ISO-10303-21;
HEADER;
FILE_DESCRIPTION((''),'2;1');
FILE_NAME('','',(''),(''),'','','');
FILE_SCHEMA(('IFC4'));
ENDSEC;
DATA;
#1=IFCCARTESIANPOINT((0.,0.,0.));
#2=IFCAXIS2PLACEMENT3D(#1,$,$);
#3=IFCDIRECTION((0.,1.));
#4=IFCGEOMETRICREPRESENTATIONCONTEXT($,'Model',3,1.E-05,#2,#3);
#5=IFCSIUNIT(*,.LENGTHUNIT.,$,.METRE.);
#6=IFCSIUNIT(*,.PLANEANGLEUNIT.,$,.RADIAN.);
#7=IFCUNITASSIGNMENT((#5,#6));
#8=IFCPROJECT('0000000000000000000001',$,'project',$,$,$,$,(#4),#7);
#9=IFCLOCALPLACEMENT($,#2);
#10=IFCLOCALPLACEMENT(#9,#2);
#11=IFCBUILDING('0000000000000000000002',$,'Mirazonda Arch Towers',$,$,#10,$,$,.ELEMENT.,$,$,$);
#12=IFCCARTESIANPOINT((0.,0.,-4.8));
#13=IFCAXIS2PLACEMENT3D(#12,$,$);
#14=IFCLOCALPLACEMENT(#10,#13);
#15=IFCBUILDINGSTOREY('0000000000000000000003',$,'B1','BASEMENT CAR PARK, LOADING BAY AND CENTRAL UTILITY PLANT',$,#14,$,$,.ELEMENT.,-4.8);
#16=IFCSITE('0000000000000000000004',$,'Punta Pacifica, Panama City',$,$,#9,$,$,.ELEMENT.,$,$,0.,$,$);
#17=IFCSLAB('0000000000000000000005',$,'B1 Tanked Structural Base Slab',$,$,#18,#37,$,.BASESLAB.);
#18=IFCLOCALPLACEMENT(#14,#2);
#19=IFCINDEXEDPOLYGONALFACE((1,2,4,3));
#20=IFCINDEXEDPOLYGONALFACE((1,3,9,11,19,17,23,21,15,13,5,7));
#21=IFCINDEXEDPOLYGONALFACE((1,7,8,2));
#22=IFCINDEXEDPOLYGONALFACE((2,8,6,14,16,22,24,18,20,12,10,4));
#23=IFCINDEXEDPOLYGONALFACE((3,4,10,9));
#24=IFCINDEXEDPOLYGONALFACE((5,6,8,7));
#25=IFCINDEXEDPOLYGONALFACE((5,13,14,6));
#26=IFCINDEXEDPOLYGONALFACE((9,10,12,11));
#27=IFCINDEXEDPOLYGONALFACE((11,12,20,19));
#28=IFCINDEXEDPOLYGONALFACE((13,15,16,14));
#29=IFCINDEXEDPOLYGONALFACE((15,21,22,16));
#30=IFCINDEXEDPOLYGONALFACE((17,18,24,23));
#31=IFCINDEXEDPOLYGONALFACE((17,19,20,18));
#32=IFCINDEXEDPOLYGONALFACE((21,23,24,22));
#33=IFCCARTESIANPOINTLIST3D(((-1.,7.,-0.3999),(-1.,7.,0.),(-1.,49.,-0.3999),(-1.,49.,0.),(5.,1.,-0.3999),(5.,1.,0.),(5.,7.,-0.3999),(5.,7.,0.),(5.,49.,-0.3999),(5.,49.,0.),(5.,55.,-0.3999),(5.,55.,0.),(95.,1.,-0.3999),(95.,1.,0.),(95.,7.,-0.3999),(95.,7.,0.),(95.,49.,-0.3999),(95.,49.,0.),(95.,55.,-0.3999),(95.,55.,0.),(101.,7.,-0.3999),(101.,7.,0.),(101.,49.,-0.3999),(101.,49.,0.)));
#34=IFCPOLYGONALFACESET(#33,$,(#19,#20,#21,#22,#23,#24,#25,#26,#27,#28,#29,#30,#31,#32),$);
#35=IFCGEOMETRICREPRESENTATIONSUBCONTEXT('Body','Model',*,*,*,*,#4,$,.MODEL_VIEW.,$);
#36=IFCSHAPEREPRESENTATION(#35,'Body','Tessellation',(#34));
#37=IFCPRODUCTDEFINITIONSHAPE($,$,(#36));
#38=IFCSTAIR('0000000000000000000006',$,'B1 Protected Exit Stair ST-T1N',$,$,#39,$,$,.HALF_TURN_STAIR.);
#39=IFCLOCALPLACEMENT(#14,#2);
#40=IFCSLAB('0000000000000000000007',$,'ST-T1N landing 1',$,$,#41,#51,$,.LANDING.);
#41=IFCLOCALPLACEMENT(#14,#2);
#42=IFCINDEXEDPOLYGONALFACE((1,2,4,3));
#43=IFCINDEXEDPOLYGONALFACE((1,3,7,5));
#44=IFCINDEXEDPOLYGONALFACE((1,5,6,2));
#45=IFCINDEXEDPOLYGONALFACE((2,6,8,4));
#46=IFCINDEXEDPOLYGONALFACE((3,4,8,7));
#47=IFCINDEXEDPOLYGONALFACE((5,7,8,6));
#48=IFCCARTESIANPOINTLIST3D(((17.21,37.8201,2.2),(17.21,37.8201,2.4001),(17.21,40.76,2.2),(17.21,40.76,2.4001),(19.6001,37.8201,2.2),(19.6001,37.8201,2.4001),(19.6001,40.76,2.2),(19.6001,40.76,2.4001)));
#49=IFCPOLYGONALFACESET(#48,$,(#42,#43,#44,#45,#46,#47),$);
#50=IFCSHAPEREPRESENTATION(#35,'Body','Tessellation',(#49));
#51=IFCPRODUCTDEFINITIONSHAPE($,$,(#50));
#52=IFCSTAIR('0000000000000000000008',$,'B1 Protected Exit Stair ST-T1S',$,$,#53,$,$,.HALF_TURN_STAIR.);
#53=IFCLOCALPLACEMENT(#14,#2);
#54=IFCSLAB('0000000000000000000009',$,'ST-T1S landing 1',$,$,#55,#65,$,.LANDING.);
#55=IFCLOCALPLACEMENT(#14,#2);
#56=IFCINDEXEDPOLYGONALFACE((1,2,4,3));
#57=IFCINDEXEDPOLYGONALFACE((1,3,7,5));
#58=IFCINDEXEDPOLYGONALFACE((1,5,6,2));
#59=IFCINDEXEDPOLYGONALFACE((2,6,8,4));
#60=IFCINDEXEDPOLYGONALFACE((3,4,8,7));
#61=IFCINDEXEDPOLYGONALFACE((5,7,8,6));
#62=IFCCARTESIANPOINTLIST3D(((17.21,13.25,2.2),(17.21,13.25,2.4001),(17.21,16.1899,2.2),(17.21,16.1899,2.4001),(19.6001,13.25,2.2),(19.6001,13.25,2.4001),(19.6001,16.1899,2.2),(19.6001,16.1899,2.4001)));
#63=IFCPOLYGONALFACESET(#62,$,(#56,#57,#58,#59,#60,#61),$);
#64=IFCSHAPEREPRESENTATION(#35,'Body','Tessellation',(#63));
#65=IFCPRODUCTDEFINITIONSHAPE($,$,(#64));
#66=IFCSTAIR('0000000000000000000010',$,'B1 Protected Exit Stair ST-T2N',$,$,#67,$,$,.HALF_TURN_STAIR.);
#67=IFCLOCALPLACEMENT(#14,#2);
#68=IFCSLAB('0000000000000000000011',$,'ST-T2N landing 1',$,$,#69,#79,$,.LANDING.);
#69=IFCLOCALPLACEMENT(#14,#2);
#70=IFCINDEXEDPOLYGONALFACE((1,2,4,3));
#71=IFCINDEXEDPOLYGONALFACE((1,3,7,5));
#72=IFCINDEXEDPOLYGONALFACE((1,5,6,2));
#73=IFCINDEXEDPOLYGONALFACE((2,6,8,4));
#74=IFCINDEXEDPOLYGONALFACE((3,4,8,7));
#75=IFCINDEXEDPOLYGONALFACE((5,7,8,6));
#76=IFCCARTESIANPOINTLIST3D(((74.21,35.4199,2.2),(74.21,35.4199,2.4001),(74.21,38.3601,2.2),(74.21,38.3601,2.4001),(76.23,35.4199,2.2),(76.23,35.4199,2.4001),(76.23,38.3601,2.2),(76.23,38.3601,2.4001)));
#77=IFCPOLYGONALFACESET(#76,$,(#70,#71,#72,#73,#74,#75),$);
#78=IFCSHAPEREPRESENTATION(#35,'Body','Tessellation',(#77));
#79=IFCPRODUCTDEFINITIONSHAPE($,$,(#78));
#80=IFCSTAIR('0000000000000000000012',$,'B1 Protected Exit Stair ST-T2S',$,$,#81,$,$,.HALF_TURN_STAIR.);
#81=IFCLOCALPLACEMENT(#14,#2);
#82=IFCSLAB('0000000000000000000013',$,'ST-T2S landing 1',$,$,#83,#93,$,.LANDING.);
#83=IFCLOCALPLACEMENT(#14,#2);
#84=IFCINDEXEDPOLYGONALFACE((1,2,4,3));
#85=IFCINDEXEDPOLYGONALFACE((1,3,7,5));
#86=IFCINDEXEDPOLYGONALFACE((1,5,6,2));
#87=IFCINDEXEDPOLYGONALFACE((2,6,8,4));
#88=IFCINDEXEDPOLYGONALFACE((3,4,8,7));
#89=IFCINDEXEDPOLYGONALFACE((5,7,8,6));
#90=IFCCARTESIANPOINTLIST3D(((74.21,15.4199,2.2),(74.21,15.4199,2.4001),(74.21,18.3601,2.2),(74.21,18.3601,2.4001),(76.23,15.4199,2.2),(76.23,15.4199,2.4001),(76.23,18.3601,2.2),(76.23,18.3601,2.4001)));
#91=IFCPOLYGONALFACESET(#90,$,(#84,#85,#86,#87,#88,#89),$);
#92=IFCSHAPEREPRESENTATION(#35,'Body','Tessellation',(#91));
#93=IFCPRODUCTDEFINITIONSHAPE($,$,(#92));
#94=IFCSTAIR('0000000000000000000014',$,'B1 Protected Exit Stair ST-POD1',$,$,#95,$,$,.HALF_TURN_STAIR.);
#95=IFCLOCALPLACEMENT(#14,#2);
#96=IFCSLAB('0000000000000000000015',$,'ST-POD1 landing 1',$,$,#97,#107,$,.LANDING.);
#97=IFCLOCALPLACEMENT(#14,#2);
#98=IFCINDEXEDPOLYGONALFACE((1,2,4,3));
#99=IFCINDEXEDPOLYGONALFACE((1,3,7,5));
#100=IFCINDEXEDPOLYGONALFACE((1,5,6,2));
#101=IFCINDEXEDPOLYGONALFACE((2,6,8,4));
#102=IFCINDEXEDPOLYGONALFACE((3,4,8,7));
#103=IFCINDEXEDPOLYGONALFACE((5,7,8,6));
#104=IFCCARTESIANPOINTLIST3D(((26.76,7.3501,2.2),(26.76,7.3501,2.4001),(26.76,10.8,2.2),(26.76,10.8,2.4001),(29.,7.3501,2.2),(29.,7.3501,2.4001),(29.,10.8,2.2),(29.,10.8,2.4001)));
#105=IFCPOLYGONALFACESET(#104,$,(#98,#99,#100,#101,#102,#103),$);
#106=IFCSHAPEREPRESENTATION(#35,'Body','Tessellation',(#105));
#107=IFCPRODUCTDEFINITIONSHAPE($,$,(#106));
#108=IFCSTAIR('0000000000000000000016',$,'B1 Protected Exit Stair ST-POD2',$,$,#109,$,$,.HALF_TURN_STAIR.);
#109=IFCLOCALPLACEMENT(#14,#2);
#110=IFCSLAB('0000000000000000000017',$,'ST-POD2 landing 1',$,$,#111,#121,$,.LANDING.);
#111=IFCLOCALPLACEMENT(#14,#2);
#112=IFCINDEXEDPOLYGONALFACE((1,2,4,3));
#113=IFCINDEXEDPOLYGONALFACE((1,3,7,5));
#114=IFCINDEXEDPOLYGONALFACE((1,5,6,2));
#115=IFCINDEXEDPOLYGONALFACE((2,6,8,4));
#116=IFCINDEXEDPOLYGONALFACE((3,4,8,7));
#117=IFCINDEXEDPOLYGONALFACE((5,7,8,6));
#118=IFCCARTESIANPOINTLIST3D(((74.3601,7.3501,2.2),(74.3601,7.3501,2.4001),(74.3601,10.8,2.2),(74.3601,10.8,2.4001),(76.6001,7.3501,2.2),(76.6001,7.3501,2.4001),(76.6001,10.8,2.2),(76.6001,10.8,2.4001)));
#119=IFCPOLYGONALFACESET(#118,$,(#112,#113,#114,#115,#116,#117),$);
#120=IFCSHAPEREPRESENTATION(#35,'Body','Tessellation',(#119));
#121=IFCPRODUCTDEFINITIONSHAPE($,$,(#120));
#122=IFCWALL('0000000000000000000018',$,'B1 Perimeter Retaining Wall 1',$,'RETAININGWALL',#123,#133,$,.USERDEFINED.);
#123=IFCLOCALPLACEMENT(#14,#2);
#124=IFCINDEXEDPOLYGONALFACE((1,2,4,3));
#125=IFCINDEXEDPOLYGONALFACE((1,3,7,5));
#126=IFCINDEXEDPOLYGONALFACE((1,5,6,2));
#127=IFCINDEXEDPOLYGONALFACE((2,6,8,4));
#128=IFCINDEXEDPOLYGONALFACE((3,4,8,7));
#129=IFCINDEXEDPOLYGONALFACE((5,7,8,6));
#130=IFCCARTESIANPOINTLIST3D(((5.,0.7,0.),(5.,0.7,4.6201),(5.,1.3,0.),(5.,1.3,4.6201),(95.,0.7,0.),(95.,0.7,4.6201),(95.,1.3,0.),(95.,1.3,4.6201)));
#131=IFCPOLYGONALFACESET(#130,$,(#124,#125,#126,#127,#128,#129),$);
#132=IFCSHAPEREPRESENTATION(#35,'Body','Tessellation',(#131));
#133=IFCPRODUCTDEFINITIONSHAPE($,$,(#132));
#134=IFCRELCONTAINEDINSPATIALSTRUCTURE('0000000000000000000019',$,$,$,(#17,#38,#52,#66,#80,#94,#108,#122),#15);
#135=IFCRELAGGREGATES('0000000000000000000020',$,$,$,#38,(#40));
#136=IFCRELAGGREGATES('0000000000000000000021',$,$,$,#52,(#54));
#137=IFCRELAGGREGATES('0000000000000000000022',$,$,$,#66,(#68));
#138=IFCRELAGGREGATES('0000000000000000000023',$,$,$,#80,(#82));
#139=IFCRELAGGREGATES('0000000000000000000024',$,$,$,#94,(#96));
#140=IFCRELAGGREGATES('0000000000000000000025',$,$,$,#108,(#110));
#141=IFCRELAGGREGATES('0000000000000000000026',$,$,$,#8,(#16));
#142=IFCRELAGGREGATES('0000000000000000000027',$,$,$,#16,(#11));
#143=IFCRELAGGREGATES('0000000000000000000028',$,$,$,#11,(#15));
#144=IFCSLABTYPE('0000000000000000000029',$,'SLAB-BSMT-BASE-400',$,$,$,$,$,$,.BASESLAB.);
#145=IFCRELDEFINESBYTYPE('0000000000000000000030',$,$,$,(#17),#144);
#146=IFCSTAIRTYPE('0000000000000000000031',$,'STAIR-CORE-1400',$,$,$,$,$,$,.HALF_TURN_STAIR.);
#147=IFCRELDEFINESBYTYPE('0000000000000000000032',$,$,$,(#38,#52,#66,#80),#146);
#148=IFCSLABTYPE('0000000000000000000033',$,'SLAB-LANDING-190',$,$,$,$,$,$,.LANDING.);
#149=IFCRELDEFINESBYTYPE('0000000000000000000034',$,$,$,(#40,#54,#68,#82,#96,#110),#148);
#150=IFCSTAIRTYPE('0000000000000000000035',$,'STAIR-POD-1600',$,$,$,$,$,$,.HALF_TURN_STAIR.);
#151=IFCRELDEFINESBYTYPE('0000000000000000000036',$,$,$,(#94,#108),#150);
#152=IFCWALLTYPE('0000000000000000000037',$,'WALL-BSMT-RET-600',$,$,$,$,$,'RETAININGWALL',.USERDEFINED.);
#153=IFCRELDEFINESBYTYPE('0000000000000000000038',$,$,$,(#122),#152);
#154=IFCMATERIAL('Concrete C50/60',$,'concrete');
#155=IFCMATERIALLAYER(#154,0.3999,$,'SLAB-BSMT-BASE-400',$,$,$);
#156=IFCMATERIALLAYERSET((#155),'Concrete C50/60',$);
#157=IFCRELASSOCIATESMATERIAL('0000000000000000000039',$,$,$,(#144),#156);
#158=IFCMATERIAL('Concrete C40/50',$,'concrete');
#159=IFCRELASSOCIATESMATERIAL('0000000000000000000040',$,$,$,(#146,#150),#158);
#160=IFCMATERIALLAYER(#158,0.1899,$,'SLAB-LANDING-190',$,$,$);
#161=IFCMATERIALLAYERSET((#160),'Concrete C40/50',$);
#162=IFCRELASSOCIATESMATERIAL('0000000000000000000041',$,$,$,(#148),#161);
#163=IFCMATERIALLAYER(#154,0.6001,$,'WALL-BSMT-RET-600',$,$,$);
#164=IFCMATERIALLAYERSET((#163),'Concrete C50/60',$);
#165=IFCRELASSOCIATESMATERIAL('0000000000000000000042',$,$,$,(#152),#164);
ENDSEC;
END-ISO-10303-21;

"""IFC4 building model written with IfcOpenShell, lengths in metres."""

from ifc_helpers import new_model, si_unit, direction, frame, frame_2d, origin, place, context, subcontext, project, spatial, polyline, rectangle, outline, extrude, material, layer, layer_set, type_object, element, aggregate, save


model = new_model("IFC4")

# Units and contexts
model_context = context("Model", 3, precision=1e-05, world=origin(), true_north=direction((0.0, 1.0)))
body_context = subcontext(model_context, "Body", "Model", "MODEL_VIEW")
ifc_project = project(units=[si_unit("LENGTHUNIT", "METRE"), si_unit("PLANEANGLEUNIT", "RADIAN")], contexts=[model_context])

# Site, building, storey
site_placement = place(None, origin())
site = spatial("IfcSite", under=ifc_project, at=site_placement, Name="Punta Pacifica, Panama City", CompositionType="ELEMENT", RefElevation=0.0)
building_placement = place(site_placement, origin())
building = spatial("IfcBuilding", under=site, at=building_placement, Name="Mirazonda Arch Towers", CompositionType="ELEMENT")
storey_placement = place(building_placement, frame((0.0, 0.0, -4.8)))
storey = spatial("IfcBuildingStorey", under=building, at=storey_placement, Name="B1", Description="BASEMENT CAR PARK, LOADING BAY AND CENTRAL UTILITY PLANT", CompositionType="ELEMENT", Elevation=-4.8)

# Shared definitions
ifc_material_1 = material(Name="Concrete C50/60", Category="concrete")

# Slab
ifc_layer_1 = layer(ifc_material_1, 0.3999, Name="SLAB-BSMT-BASE-400")
ifc_layer_set_1 = layer_set([ifc_layer_1], Name="Concrete C50/60")
slab_type_1 = type_object("IfcSlabType", Name="SLAB-BSMT-BASE-400", PredefinedType="BASESLAB", material=ifc_layer_set_1)
slab_1_placement = place(storey_placement, frame((0.0, 0.0, -0.3999)))
element("IfcSlab", 1, at=slab_1_placement, inside=storey, type_object=slab_type_1, Name="B1 Tanked Structural Base Slab", PredefinedType="BASESLAB", context=body_context, shape_type="SweptSolid", body=[
    extrude(outline(polyline([(95.0, 1.0), (95.0, 7.0), (101.0, 7.0), (101.0, 49.0), (95.0, 49.0), (95.0, 55.0), (5.0, 55.0), (5.0, 49.0), (-1.0, 49.0), (-1.0, 7.0), (5.0, 7.0), (5.0, 1.0), (95.0, 1.0)])), origin(), (0.0, 0.0, 1.0), 0.3999),
])

# Stairs, slabs
ifc_material_2 = material(Name="Concrete C40/50", Category="concrete")
stair_type_1 = type_object("IfcStairType", Name="STAIR-CORE-1400", PredefinedType="HALF_TURN_STAIR", material=ifc_material_2)
stair_1_placement = place(storey_placement, origin())
stair_1 = element("IfcStair", 2, at=stair_1_placement, inside=storey, type_object=stair_type_1, Name="B1 Protected Exit Stair ST-T1N", PredefinedType="HALF_TURN_STAIR")
ifc_layer_2 = layer(ifc_material_2, 0.1899, Name="SLAB-LANDING-190")
ifc_layer_set_2 = layer_set([ifc_layer_2], Name="Concrete C40/50")
slab_type_2 = type_object("IfcSlabType", Name="SLAB-LANDING-190", PredefinedType="LANDING", material=ifc_layer_set_2)
slab_2_placement = place(storey_placement, frame((0.0, 0.0, 2.2)))
slab_2 = element("IfcSlab", 3, at=slab_2_placement, type_object=slab_type_2, Name="ST-T1N landing 1", PredefinedType="LANDING", context=body_context, shape_type="SweptSolid", body=[
    extrude(outline(polyline([(17.21, 37.8201), (19.6001, 37.8201), (19.6001, 40.76), (17.21, 40.76), (17.21, 37.8201)])), origin(), (0.0, 0.0, 1.0), 0.2002),
])
aggregate(stair_1, [slab_2])
stair_2_placement = place(storey_placement, origin())
stair_2 = element("IfcStair", 4, at=stair_2_placement, inside=storey, type_object=stair_type_1, Name="B1 Protected Exit Stair ST-T1S", PredefinedType="HALF_TURN_STAIR")
slab_3_placement = place(storey_placement, frame((0.0, 0.0, 2.2)))
slab_3 = element("IfcSlab", 5, at=slab_3_placement, type_object=slab_type_2, Name="ST-T1S landing 1", PredefinedType="LANDING", context=body_context, shape_type="SweptSolid", body=[
    extrude(outline(polyline([(17.21, 13.25), (19.6001, 13.25), (19.6001, 16.1899), (17.21, 16.1899), (17.21, 13.25)])), origin(), (0.0, 0.0, 1.0), 0.2002),
])
aggregate(stair_2, [slab_3])
stair_3_placement = place(storey_placement, origin())
stair_3 = element("IfcStair", 6, at=stair_3_placement, inside=storey, type_object=stair_type_1, Name="B1 Protected Exit Stair ST-T2N", PredefinedType="HALF_TURN_STAIR")
slab_4_placement = place(storey_placement, frame((0.0, 0.0, 2.2)))
slab_4 = element("IfcSlab", 7, at=slab_4_placement, type_object=slab_type_2, Name="ST-T2N landing 1", PredefinedType="LANDING", context=body_context, shape_type="SweptSolid", body=[
    extrude(outline(polyline([(74.21, 35.4199), (76.23, 35.4199), (76.23, 38.3601), (74.21, 38.3601), (74.21, 35.4199)])), origin(), (0.0, 0.0, 1.0), 0.2002),
])
aggregate(stair_3, [slab_4])
stair_4_placement = place(storey_placement, origin())
stair_4 = element("IfcStair", 8, at=stair_4_placement, inside=storey, type_object=stair_type_1, Name="B1 Protected Exit Stair ST-T2S", PredefinedType="HALF_TURN_STAIR")
slab_5_placement = place(storey_placement, frame((0.0, 0.0, 2.2)))
slab_5 = element("IfcSlab", 9, at=slab_5_placement, type_object=slab_type_2, Name="ST-T2S landing 1", PredefinedType="LANDING", context=body_context, shape_type="SweptSolid", body=[
    extrude(outline(polyline([(74.21, 15.4199), (76.23, 15.4199), (76.23, 18.3601), (74.21, 18.3601), (74.21, 15.4199)])), origin(), (0.0, 0.0, 1.0), 0.2002),
])
aggregate(stair_4, [slab_5])
stair_type_2 = type_object("IfcStairType", Name="STAIR-POD-1600", PredefinedType="HALF_TURN_STAIR", material=ifc_material_2)
stair_5_placement = place(storey_placement, origin())
stair_5 = element("IfcStair", 10, at=stair_5_placement, inside=storey, type_object=stair_type_2, Name="B1 Protected Exit Stair ST-POD1", PredefinedType="HALF_TURN_STAIR")
slab_6_placement = place(storey_placement, frame((0.0, 0.0, 2.2)))
slab_6 = element("IfcSlab", 11, at=slab_6_placement, type_object=slab_type_2, Name="ST-POD1 landing 1", PredefinedType="LANDING", context=body_context, shape_type="SweptSolid", body=[
    extrude(outline(polyline([(26.76, 7.3501), (29.0, 7.3501), (29.0, 10.8), (26.76, 10.8), (26.76, 7.3501)])), origin(), (0.0, 0.0, 1.0), 0.2002),
])
aggregate(stair_5, [slab_6])
stair_6_placement = place(storey_placement, origin())
stair_6 = element("IfcStair", 12, at=stair_6_placement, inside=storey, type_object=stair_type_2, Name="B1 Protected Exit Stair ST-POD2", PredefinedType="HALF_TURN_STAIR")
slab_7_placement = place(storey_placement, frame((0.0, 0.0, 2.2)))
slab_7 = element("IfcSlab", 13, at=slab_7_placement, type_object=slab_type_2, Name="ST-POD2 landing 1", PredefinedType="LANDING", context=body_context, shape_type="SweptSolid", body=[
    extrude(outline(polyline([(74.3601, 7.3501), (76.6001, 7.3501), (76.6001, 10.8), (74.3601, 10.8), (74.3601, 7.3501)])), origin(), (0.0, 0.0, 1.0), 0.2002),
])
aggregate(stair_6, [slab_7])

# Wall
ifc_layer_3 = layer(ifc_material_1, 0.6001, Name="WALL-BSMT-RET-600")
ifc_layer_set_3 = layer_set([ifc_layer_3], Name="Concrete C50/60")
wall_type = type_object("IfcWallType", Name="WALL-BSMT-RET-600", ElementType="RETAININGWALL", PredefinedType="USERDEFINED", material=ifc_layer_set_3)
wall_placement = place(storey_placement, frame((5.0, 1.0, 0.0), z_axis=(0.0, 0.0, 1.0), x_axis=(1.0, 0.0, 0.0)))
element("IfcWall", 14, at=wall_placement, inside=storey, type_object=wall_type, Name="B1 Perimeter Retaining Wall 1", ObjectType="RETAININGWALL", PredefinedType="USERDEFINED", context=body_context, shape_type="SweptSolid", body=[
    extrude(rectangle(XDim=90.0, YDim=0.6001, at=frame_2d((45.0, 0.0))), origin(), (0.0, 0.0, 1.0), 4.6201),
])

save(model, "model.ifc")
